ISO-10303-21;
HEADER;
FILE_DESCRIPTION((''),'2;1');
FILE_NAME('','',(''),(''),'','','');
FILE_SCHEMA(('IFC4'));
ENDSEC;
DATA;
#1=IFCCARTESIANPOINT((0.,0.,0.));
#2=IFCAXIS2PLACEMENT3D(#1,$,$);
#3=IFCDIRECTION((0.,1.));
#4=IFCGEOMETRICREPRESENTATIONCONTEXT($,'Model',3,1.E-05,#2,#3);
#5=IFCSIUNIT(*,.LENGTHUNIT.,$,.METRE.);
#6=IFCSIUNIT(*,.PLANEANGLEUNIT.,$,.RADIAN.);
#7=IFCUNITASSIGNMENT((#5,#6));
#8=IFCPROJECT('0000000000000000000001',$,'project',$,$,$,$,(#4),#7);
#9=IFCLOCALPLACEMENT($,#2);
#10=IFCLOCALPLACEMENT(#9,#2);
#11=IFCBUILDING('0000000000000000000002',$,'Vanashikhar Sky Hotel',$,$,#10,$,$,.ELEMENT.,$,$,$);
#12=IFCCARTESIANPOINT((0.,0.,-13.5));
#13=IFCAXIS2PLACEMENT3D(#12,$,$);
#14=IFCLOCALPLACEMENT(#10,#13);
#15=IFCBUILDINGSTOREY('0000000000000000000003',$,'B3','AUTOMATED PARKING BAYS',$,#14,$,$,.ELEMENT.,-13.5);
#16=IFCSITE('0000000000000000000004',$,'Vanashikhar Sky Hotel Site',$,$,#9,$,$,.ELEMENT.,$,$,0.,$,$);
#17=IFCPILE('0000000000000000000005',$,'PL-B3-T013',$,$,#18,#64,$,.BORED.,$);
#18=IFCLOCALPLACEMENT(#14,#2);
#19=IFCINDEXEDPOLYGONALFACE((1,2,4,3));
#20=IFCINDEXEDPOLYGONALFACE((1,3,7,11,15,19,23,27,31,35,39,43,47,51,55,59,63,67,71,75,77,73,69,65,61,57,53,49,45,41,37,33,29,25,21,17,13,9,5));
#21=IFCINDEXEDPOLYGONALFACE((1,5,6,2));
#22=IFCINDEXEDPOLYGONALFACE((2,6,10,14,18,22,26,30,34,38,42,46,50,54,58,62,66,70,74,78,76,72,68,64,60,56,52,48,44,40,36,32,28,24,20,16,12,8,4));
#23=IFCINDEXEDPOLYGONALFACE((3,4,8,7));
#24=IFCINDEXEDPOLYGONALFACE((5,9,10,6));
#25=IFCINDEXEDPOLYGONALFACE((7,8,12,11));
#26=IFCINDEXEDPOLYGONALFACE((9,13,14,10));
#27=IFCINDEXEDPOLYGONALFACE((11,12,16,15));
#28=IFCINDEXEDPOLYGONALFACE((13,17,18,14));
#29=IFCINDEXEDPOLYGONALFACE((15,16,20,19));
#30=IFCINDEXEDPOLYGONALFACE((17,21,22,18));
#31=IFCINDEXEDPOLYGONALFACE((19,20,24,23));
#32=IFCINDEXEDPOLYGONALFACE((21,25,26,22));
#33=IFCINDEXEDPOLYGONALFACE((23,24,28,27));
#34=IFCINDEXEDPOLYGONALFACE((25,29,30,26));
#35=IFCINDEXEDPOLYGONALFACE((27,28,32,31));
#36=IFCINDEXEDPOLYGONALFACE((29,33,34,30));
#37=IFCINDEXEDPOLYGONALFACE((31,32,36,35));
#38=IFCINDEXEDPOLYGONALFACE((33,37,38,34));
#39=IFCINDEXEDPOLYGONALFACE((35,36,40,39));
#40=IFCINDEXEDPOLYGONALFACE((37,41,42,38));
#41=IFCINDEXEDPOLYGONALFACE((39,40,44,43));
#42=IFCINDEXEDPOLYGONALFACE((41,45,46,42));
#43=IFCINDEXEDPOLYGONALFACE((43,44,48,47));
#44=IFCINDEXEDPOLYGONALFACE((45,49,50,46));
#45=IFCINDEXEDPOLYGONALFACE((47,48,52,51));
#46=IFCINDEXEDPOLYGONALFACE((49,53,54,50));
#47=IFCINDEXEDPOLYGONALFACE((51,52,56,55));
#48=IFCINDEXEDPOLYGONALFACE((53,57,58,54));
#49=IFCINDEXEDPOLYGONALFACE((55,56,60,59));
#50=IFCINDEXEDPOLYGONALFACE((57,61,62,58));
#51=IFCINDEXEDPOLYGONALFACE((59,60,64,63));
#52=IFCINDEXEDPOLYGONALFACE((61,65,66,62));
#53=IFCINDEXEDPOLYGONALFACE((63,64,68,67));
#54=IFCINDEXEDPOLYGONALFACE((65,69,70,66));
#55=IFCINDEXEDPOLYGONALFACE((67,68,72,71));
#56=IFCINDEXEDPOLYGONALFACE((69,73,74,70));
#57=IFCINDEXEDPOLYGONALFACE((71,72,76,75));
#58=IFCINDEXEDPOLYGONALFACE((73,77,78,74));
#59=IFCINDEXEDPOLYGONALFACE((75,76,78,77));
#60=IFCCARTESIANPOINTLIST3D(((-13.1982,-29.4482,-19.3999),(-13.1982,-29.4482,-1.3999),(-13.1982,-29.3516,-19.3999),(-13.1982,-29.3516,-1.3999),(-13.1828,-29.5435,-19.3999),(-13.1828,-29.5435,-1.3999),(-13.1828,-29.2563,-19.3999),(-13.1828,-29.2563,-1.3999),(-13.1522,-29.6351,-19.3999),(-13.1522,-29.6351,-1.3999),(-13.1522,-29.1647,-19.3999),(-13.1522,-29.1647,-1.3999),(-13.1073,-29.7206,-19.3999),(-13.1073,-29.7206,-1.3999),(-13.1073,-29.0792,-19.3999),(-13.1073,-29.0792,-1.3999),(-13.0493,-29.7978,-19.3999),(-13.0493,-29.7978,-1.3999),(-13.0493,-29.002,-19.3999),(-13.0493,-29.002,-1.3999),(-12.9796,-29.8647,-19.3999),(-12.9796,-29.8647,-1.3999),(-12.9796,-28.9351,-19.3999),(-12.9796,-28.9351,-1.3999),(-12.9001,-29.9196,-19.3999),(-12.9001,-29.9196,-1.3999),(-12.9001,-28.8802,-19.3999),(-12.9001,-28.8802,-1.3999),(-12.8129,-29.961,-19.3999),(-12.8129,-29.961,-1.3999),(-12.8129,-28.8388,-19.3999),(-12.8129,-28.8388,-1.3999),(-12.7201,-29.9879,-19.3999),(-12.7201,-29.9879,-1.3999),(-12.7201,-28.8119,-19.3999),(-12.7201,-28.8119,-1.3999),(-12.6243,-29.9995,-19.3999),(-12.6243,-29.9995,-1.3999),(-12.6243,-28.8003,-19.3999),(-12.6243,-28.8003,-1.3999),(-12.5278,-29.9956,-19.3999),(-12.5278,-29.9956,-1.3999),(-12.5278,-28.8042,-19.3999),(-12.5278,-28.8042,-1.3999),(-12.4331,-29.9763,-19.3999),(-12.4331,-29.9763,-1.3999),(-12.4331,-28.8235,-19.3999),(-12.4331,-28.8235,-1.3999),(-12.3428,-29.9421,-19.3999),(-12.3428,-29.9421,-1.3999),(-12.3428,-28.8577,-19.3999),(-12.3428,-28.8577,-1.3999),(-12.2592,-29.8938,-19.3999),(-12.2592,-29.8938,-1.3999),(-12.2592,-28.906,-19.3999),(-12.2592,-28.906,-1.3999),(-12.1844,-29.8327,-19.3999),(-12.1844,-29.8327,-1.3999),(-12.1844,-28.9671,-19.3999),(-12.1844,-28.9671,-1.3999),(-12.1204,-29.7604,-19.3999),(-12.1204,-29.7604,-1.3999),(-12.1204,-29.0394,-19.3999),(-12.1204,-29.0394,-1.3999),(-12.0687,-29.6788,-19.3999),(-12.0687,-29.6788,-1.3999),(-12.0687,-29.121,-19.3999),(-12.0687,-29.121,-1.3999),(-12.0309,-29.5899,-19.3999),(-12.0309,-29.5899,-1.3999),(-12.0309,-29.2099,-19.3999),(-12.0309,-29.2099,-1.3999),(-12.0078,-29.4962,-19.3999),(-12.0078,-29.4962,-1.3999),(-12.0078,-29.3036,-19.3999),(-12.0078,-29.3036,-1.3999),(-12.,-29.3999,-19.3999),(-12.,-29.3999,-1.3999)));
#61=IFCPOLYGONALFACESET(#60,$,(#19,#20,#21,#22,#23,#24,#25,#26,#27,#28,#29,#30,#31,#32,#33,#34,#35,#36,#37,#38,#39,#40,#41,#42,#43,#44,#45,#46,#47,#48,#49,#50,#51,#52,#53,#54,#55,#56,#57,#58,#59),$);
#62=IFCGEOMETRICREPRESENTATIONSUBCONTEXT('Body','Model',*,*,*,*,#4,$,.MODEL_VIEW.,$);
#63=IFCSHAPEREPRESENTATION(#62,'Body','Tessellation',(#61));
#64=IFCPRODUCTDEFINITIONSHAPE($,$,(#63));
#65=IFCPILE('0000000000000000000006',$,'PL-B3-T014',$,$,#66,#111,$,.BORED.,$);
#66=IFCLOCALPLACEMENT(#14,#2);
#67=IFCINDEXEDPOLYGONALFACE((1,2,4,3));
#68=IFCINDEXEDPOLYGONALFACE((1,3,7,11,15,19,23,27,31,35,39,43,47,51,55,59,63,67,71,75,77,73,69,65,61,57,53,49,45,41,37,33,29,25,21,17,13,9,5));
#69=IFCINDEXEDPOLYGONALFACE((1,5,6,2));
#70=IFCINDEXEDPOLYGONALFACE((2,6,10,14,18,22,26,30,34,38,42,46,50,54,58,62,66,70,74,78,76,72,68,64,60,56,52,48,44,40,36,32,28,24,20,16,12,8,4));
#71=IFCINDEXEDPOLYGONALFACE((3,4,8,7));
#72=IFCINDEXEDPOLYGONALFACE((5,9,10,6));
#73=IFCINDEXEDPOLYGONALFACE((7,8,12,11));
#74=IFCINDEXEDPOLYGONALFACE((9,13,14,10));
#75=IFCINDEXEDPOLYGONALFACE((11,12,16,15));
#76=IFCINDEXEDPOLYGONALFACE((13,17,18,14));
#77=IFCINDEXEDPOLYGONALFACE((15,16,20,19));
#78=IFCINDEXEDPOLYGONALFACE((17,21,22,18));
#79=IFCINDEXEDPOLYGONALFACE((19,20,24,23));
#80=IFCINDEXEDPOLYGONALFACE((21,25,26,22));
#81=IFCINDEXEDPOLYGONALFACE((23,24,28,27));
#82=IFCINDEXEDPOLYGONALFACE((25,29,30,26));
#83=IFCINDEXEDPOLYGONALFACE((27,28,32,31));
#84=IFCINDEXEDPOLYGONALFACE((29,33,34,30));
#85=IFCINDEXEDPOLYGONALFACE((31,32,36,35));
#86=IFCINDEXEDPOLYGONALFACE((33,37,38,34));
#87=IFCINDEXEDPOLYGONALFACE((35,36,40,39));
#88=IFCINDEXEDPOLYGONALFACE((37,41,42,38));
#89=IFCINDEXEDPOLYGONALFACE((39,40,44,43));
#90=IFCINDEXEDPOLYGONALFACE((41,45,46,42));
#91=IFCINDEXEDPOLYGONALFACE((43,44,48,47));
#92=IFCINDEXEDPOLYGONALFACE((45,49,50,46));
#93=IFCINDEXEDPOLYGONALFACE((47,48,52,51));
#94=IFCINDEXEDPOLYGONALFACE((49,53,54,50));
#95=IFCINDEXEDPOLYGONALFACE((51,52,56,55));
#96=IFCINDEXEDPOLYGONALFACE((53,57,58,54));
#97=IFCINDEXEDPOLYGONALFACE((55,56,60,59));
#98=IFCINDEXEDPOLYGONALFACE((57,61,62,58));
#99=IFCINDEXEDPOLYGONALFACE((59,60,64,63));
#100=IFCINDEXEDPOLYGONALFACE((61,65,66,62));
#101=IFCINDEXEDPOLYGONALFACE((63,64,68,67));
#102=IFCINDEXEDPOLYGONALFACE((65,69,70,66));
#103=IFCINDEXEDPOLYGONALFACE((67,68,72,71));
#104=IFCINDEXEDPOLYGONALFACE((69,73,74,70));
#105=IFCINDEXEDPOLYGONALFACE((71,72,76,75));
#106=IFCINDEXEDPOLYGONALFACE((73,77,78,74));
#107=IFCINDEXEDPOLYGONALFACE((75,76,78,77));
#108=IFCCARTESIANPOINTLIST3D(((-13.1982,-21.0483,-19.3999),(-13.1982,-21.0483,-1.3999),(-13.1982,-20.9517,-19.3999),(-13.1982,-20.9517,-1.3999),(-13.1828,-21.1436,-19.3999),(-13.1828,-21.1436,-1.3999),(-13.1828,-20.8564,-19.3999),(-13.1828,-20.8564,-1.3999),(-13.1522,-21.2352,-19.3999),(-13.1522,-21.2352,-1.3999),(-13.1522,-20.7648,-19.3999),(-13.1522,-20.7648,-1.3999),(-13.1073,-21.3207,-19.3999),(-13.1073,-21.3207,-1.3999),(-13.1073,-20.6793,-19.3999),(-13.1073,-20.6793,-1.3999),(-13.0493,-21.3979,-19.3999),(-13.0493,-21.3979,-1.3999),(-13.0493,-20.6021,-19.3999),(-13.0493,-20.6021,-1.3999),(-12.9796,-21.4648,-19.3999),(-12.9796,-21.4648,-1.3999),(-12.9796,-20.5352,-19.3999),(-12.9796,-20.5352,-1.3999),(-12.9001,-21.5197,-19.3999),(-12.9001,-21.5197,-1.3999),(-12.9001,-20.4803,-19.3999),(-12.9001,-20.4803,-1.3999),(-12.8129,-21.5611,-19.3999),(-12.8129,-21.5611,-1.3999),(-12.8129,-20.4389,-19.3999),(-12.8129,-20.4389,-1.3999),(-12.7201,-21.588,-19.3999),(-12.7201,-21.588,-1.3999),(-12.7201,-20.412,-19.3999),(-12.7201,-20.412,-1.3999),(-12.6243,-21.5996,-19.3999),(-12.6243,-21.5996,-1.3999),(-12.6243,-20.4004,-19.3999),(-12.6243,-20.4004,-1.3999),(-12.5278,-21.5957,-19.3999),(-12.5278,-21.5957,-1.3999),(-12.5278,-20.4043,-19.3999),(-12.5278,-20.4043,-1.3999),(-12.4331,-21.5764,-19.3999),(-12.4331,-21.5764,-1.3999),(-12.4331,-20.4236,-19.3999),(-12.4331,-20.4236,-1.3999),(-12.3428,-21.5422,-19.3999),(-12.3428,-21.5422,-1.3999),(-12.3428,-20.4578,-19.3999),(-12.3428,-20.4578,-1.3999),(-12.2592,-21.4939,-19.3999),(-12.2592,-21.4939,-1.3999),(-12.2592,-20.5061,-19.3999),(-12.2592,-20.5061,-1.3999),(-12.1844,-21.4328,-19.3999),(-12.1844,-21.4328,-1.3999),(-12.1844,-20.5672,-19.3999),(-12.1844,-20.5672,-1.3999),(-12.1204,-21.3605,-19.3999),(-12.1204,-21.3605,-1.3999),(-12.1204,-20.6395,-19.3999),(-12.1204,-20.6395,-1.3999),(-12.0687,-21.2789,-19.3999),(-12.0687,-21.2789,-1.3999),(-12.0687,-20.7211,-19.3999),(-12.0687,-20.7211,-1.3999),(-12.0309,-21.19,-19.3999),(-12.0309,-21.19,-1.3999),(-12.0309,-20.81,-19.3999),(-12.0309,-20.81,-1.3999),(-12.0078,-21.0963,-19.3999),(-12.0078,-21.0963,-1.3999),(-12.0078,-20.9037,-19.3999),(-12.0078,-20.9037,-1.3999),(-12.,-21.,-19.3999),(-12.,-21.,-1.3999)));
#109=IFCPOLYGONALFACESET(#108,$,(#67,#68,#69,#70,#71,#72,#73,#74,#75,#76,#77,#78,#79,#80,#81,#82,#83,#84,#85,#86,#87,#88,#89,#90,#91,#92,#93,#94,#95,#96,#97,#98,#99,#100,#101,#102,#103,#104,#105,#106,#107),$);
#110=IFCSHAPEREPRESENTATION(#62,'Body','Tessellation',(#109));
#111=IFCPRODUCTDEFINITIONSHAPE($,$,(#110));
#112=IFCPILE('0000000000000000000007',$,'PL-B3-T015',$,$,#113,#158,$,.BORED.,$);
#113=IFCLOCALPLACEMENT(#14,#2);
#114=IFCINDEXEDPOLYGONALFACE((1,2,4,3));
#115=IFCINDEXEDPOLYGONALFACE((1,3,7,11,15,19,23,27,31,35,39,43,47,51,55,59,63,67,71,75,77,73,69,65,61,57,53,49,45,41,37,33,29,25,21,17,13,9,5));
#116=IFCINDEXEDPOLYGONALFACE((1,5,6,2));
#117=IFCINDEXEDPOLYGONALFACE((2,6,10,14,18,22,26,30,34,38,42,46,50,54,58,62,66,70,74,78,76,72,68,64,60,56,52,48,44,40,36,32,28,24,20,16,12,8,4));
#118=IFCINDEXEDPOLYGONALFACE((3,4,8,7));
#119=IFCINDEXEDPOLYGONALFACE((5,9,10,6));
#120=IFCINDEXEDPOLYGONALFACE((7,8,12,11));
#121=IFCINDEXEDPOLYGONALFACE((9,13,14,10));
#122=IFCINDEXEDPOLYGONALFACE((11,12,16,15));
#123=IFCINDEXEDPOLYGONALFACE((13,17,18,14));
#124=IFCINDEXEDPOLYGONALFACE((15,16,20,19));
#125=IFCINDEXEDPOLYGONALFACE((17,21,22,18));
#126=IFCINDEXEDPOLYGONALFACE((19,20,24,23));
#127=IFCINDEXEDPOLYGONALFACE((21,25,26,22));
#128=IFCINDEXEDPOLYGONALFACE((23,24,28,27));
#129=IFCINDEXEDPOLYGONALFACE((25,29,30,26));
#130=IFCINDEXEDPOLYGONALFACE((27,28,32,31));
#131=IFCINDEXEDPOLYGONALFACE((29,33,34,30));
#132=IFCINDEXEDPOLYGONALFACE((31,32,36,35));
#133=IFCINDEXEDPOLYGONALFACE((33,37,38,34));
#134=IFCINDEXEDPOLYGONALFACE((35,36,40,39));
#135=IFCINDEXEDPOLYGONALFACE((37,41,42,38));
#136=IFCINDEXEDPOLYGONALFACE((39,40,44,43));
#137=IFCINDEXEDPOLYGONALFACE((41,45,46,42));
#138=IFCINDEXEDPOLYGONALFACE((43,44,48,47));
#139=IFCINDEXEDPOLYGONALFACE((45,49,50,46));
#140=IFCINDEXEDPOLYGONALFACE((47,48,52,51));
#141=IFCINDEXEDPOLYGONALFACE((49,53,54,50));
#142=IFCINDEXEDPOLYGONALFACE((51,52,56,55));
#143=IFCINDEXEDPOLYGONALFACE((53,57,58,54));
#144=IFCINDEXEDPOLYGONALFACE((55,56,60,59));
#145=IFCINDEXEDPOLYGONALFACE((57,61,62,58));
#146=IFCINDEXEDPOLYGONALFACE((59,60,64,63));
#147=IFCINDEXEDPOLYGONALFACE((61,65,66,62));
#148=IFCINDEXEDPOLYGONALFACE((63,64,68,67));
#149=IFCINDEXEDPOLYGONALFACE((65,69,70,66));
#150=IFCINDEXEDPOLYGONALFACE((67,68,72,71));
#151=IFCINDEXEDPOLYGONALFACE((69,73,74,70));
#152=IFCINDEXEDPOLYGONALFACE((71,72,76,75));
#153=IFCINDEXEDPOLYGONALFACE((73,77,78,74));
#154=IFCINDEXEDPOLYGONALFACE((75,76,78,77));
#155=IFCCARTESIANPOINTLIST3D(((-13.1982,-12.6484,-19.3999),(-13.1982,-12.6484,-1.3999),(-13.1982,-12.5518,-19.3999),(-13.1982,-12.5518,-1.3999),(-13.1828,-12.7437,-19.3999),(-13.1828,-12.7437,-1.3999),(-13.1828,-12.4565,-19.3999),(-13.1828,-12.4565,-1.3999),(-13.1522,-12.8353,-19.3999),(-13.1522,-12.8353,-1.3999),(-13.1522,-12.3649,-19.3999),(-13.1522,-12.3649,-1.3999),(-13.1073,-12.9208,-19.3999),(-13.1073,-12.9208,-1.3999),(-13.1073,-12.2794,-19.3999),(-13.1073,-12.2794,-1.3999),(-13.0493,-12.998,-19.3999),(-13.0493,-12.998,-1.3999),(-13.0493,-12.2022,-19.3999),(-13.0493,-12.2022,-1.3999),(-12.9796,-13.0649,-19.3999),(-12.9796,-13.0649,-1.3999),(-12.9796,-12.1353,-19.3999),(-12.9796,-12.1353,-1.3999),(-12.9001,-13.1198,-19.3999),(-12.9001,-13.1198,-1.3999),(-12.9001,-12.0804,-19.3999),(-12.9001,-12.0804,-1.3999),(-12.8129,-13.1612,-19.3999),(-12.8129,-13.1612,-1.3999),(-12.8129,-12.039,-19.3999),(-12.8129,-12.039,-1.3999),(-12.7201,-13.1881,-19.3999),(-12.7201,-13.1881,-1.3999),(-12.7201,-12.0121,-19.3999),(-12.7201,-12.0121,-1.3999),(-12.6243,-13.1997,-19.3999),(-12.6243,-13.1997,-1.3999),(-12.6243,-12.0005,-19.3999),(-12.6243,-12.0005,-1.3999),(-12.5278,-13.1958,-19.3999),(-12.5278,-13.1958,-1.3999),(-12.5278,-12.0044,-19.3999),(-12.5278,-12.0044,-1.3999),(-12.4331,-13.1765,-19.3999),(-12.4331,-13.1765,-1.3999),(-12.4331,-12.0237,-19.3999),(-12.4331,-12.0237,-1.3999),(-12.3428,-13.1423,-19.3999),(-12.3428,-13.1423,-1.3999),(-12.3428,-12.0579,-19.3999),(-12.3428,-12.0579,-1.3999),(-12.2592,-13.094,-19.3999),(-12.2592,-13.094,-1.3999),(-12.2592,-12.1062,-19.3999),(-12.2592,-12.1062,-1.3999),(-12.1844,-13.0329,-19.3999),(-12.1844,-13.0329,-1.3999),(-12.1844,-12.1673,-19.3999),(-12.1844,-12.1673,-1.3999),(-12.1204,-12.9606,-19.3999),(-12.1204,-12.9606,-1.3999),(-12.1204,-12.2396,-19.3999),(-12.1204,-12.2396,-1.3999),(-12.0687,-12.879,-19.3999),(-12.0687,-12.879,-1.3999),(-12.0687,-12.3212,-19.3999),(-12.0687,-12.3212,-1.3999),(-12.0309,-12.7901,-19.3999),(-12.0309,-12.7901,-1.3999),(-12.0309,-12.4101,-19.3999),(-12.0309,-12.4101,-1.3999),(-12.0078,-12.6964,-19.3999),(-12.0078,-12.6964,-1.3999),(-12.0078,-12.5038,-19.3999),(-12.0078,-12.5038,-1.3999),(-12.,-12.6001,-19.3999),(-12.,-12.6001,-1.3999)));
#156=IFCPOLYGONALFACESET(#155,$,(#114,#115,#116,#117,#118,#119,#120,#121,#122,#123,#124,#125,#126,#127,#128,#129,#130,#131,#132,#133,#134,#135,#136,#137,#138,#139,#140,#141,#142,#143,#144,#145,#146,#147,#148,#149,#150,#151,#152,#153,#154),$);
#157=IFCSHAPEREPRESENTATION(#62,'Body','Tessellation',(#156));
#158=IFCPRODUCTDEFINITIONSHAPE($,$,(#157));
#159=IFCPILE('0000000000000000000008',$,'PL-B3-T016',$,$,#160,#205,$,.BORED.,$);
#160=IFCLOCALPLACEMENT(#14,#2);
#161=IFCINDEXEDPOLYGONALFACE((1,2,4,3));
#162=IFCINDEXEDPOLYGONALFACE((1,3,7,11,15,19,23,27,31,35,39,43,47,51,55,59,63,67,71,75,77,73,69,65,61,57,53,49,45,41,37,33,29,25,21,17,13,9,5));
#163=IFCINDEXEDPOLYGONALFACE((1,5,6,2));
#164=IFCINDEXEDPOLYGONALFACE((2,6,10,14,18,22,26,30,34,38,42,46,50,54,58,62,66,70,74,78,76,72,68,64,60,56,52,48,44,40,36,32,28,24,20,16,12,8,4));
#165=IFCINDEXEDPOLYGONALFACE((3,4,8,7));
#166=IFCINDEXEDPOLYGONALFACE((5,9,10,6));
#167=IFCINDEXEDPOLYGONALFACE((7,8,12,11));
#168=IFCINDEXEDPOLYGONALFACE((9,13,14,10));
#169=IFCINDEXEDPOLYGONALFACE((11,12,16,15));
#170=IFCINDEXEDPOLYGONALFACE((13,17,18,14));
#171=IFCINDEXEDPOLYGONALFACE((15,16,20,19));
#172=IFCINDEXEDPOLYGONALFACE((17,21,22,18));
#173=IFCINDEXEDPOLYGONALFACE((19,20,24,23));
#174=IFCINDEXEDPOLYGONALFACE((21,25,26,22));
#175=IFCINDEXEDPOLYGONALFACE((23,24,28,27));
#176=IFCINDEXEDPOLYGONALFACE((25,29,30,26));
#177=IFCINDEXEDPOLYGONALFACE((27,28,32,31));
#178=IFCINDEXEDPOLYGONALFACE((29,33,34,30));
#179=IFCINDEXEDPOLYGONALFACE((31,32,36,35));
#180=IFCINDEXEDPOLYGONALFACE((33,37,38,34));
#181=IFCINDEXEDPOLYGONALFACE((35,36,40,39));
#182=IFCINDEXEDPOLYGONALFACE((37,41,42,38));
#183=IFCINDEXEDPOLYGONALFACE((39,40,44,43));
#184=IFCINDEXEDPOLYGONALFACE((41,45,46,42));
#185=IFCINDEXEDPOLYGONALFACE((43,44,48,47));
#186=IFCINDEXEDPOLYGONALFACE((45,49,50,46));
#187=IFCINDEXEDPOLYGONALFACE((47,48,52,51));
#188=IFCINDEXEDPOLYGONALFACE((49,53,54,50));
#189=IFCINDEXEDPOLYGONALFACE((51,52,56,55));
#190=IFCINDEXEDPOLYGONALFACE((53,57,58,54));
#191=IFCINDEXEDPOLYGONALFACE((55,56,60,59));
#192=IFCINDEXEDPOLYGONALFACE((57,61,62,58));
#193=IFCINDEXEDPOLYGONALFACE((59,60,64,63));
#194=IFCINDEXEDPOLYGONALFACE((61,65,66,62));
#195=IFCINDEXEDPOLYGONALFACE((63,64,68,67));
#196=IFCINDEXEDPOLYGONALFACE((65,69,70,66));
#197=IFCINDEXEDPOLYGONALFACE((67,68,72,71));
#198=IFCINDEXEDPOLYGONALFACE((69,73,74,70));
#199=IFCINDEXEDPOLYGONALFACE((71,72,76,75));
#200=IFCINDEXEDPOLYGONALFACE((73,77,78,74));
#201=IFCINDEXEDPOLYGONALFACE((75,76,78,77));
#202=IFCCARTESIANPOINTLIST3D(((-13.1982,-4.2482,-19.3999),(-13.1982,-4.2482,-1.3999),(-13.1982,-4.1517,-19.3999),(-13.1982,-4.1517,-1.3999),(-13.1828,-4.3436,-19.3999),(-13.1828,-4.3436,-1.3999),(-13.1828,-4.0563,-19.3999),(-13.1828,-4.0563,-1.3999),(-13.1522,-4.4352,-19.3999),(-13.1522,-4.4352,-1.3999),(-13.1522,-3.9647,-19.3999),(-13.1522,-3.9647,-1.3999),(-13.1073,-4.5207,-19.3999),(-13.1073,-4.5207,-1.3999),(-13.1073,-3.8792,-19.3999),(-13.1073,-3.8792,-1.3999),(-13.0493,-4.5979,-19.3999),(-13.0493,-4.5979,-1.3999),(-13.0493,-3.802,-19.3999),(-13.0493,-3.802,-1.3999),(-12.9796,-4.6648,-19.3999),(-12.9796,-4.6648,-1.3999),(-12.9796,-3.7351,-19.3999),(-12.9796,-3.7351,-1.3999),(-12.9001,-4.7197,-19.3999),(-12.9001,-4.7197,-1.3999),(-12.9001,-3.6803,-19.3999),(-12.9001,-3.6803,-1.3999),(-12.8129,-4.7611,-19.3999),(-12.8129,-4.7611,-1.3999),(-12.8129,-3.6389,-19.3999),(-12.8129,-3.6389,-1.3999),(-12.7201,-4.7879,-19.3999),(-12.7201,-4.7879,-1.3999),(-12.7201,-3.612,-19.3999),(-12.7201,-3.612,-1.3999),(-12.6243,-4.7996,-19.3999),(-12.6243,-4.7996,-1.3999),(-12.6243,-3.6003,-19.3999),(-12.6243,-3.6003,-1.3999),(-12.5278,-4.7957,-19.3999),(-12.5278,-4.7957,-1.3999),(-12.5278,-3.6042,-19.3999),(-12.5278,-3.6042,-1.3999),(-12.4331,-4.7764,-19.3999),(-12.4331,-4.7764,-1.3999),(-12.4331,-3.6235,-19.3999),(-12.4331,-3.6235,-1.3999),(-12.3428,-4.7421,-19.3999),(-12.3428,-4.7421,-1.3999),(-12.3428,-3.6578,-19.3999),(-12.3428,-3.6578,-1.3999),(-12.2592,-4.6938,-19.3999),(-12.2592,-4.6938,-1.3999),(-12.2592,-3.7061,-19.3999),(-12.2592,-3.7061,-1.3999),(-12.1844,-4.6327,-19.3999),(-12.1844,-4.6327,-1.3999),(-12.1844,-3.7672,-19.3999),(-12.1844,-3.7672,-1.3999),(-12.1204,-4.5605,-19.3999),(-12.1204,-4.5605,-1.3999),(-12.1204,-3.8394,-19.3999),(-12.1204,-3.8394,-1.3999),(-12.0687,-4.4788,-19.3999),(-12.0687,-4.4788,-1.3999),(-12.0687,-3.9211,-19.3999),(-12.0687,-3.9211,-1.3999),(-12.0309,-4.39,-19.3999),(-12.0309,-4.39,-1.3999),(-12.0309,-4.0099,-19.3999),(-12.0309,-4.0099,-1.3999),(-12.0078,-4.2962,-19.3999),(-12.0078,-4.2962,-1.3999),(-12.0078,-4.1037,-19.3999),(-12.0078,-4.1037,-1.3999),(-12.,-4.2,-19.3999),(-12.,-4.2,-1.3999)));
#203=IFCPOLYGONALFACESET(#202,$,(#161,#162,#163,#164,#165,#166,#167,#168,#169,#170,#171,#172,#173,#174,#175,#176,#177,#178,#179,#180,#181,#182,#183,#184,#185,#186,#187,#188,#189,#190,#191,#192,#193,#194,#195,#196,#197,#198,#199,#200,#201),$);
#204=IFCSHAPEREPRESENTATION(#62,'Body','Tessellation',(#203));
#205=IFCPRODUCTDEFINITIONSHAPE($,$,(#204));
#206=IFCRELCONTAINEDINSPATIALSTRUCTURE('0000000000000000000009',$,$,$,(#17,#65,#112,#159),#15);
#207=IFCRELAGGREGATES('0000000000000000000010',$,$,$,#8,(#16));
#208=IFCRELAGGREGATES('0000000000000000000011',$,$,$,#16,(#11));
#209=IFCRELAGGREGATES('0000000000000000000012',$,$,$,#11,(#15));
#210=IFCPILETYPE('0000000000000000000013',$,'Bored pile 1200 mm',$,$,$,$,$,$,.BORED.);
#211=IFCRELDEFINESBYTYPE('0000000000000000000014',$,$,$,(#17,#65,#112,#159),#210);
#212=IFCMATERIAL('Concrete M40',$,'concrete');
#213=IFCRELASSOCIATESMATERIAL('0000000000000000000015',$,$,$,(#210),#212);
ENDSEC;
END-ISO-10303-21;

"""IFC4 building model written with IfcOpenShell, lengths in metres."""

from ifc_helpers import new_model, si_unit, direction, frame, origin, origin_2d, place, context, subcontext, project, spatial, circle, extrude, source, transform, mapped, material, type_object, element, save


model = new_model("IFC4")

# Units and contexts
model_context = context("Model", 3, precision=1e-05, world=origin(), true_north=direction((0.0, 1.0)))
body_context = subcontext(model_context, "Body", "Model", "MODEL_VIEW")
ifc_project = project(units=[si_unit("LENGTHUNIT", "METRE"), si_unit("PLANEANGLEUNIT", "RADIAN")], contexts=[model_context])

# Site, building, storey
site_placement = place(None, origin())
site = spatial("IfcSite", under=ifc_project, at=site_placement, Name="Vanashikhar Sky Hotel Site", CompositionType="ELEMENT", RefElevation=0.0)
building_placement = place(site_placement, origin())
building = spatial("IfcBuilding", under=site, at=building_placement, Name="Vanashikhar Sky Hotel", CompositionType="ELEMENT")
storey_placement = place(building_placement, frame((0.0, 0.0, -13.5)))
storey = spatial("IfcBuildingStorey", under=building, at=storey_placement, Name="B3", Description="AUTOMATED PARKING BAYS", CompositionType="ELEMENT", Elevation=-13.5)

# Piles
ifc_material_1 = material(Name="Concrete M40", Category="concrete")
pile_type_1 = type_object("IfcPileType", Name="Bored pile 1200 mm", PredefinedType="BORED", material=ifc_material_1)
shared_shape_1 = source(origin(), body_context, "Body", "SweptSolid", [
    extrude(circle(Radius=0.6001, at=origin_2d()), origin(), (0.0, 0.0, 1.0), 18.0),
])
for number, where, z_axis, x_axis, name in (
    (1, (-12.6001, -29.3999, -1.3999), (0.0, 0.0, -1.0), (1.0, 0.0, 0.0), "PL-B3-T013"),
    (2, (-12.6001, -21.0, -1.3999), (0.0, 0.0, -1.0), (1.0, 0.0, 0.0), "PL-B3-T014"),
    (3, (-12.6001, -12.6001, -1.3999), (0.0, 0.0, -1.0), (1.0, 0.0, 0.0), "PL-B3-T015"),
    (4, (-12.6001, -4.2, -1.3999), (0.0, 0.0, -1.0), (1.0, 0.0, 0.0), "PL-B3-T016"),
):
    element("IfcPile", number, at=place(storey_placement, frame(where, z_axis=z_axis, x_axis=x_axis)), inside=storey, type_object=pile_type_1, Name=name, PredefinedType="BORED", context=body_context, shape_type="MappedRepresentation", body=[
        mapped(shared_shape_1, transform((0.0, 0.0, 0.0), scale=1.0)),
    ])

save(model, "model.ifc")
